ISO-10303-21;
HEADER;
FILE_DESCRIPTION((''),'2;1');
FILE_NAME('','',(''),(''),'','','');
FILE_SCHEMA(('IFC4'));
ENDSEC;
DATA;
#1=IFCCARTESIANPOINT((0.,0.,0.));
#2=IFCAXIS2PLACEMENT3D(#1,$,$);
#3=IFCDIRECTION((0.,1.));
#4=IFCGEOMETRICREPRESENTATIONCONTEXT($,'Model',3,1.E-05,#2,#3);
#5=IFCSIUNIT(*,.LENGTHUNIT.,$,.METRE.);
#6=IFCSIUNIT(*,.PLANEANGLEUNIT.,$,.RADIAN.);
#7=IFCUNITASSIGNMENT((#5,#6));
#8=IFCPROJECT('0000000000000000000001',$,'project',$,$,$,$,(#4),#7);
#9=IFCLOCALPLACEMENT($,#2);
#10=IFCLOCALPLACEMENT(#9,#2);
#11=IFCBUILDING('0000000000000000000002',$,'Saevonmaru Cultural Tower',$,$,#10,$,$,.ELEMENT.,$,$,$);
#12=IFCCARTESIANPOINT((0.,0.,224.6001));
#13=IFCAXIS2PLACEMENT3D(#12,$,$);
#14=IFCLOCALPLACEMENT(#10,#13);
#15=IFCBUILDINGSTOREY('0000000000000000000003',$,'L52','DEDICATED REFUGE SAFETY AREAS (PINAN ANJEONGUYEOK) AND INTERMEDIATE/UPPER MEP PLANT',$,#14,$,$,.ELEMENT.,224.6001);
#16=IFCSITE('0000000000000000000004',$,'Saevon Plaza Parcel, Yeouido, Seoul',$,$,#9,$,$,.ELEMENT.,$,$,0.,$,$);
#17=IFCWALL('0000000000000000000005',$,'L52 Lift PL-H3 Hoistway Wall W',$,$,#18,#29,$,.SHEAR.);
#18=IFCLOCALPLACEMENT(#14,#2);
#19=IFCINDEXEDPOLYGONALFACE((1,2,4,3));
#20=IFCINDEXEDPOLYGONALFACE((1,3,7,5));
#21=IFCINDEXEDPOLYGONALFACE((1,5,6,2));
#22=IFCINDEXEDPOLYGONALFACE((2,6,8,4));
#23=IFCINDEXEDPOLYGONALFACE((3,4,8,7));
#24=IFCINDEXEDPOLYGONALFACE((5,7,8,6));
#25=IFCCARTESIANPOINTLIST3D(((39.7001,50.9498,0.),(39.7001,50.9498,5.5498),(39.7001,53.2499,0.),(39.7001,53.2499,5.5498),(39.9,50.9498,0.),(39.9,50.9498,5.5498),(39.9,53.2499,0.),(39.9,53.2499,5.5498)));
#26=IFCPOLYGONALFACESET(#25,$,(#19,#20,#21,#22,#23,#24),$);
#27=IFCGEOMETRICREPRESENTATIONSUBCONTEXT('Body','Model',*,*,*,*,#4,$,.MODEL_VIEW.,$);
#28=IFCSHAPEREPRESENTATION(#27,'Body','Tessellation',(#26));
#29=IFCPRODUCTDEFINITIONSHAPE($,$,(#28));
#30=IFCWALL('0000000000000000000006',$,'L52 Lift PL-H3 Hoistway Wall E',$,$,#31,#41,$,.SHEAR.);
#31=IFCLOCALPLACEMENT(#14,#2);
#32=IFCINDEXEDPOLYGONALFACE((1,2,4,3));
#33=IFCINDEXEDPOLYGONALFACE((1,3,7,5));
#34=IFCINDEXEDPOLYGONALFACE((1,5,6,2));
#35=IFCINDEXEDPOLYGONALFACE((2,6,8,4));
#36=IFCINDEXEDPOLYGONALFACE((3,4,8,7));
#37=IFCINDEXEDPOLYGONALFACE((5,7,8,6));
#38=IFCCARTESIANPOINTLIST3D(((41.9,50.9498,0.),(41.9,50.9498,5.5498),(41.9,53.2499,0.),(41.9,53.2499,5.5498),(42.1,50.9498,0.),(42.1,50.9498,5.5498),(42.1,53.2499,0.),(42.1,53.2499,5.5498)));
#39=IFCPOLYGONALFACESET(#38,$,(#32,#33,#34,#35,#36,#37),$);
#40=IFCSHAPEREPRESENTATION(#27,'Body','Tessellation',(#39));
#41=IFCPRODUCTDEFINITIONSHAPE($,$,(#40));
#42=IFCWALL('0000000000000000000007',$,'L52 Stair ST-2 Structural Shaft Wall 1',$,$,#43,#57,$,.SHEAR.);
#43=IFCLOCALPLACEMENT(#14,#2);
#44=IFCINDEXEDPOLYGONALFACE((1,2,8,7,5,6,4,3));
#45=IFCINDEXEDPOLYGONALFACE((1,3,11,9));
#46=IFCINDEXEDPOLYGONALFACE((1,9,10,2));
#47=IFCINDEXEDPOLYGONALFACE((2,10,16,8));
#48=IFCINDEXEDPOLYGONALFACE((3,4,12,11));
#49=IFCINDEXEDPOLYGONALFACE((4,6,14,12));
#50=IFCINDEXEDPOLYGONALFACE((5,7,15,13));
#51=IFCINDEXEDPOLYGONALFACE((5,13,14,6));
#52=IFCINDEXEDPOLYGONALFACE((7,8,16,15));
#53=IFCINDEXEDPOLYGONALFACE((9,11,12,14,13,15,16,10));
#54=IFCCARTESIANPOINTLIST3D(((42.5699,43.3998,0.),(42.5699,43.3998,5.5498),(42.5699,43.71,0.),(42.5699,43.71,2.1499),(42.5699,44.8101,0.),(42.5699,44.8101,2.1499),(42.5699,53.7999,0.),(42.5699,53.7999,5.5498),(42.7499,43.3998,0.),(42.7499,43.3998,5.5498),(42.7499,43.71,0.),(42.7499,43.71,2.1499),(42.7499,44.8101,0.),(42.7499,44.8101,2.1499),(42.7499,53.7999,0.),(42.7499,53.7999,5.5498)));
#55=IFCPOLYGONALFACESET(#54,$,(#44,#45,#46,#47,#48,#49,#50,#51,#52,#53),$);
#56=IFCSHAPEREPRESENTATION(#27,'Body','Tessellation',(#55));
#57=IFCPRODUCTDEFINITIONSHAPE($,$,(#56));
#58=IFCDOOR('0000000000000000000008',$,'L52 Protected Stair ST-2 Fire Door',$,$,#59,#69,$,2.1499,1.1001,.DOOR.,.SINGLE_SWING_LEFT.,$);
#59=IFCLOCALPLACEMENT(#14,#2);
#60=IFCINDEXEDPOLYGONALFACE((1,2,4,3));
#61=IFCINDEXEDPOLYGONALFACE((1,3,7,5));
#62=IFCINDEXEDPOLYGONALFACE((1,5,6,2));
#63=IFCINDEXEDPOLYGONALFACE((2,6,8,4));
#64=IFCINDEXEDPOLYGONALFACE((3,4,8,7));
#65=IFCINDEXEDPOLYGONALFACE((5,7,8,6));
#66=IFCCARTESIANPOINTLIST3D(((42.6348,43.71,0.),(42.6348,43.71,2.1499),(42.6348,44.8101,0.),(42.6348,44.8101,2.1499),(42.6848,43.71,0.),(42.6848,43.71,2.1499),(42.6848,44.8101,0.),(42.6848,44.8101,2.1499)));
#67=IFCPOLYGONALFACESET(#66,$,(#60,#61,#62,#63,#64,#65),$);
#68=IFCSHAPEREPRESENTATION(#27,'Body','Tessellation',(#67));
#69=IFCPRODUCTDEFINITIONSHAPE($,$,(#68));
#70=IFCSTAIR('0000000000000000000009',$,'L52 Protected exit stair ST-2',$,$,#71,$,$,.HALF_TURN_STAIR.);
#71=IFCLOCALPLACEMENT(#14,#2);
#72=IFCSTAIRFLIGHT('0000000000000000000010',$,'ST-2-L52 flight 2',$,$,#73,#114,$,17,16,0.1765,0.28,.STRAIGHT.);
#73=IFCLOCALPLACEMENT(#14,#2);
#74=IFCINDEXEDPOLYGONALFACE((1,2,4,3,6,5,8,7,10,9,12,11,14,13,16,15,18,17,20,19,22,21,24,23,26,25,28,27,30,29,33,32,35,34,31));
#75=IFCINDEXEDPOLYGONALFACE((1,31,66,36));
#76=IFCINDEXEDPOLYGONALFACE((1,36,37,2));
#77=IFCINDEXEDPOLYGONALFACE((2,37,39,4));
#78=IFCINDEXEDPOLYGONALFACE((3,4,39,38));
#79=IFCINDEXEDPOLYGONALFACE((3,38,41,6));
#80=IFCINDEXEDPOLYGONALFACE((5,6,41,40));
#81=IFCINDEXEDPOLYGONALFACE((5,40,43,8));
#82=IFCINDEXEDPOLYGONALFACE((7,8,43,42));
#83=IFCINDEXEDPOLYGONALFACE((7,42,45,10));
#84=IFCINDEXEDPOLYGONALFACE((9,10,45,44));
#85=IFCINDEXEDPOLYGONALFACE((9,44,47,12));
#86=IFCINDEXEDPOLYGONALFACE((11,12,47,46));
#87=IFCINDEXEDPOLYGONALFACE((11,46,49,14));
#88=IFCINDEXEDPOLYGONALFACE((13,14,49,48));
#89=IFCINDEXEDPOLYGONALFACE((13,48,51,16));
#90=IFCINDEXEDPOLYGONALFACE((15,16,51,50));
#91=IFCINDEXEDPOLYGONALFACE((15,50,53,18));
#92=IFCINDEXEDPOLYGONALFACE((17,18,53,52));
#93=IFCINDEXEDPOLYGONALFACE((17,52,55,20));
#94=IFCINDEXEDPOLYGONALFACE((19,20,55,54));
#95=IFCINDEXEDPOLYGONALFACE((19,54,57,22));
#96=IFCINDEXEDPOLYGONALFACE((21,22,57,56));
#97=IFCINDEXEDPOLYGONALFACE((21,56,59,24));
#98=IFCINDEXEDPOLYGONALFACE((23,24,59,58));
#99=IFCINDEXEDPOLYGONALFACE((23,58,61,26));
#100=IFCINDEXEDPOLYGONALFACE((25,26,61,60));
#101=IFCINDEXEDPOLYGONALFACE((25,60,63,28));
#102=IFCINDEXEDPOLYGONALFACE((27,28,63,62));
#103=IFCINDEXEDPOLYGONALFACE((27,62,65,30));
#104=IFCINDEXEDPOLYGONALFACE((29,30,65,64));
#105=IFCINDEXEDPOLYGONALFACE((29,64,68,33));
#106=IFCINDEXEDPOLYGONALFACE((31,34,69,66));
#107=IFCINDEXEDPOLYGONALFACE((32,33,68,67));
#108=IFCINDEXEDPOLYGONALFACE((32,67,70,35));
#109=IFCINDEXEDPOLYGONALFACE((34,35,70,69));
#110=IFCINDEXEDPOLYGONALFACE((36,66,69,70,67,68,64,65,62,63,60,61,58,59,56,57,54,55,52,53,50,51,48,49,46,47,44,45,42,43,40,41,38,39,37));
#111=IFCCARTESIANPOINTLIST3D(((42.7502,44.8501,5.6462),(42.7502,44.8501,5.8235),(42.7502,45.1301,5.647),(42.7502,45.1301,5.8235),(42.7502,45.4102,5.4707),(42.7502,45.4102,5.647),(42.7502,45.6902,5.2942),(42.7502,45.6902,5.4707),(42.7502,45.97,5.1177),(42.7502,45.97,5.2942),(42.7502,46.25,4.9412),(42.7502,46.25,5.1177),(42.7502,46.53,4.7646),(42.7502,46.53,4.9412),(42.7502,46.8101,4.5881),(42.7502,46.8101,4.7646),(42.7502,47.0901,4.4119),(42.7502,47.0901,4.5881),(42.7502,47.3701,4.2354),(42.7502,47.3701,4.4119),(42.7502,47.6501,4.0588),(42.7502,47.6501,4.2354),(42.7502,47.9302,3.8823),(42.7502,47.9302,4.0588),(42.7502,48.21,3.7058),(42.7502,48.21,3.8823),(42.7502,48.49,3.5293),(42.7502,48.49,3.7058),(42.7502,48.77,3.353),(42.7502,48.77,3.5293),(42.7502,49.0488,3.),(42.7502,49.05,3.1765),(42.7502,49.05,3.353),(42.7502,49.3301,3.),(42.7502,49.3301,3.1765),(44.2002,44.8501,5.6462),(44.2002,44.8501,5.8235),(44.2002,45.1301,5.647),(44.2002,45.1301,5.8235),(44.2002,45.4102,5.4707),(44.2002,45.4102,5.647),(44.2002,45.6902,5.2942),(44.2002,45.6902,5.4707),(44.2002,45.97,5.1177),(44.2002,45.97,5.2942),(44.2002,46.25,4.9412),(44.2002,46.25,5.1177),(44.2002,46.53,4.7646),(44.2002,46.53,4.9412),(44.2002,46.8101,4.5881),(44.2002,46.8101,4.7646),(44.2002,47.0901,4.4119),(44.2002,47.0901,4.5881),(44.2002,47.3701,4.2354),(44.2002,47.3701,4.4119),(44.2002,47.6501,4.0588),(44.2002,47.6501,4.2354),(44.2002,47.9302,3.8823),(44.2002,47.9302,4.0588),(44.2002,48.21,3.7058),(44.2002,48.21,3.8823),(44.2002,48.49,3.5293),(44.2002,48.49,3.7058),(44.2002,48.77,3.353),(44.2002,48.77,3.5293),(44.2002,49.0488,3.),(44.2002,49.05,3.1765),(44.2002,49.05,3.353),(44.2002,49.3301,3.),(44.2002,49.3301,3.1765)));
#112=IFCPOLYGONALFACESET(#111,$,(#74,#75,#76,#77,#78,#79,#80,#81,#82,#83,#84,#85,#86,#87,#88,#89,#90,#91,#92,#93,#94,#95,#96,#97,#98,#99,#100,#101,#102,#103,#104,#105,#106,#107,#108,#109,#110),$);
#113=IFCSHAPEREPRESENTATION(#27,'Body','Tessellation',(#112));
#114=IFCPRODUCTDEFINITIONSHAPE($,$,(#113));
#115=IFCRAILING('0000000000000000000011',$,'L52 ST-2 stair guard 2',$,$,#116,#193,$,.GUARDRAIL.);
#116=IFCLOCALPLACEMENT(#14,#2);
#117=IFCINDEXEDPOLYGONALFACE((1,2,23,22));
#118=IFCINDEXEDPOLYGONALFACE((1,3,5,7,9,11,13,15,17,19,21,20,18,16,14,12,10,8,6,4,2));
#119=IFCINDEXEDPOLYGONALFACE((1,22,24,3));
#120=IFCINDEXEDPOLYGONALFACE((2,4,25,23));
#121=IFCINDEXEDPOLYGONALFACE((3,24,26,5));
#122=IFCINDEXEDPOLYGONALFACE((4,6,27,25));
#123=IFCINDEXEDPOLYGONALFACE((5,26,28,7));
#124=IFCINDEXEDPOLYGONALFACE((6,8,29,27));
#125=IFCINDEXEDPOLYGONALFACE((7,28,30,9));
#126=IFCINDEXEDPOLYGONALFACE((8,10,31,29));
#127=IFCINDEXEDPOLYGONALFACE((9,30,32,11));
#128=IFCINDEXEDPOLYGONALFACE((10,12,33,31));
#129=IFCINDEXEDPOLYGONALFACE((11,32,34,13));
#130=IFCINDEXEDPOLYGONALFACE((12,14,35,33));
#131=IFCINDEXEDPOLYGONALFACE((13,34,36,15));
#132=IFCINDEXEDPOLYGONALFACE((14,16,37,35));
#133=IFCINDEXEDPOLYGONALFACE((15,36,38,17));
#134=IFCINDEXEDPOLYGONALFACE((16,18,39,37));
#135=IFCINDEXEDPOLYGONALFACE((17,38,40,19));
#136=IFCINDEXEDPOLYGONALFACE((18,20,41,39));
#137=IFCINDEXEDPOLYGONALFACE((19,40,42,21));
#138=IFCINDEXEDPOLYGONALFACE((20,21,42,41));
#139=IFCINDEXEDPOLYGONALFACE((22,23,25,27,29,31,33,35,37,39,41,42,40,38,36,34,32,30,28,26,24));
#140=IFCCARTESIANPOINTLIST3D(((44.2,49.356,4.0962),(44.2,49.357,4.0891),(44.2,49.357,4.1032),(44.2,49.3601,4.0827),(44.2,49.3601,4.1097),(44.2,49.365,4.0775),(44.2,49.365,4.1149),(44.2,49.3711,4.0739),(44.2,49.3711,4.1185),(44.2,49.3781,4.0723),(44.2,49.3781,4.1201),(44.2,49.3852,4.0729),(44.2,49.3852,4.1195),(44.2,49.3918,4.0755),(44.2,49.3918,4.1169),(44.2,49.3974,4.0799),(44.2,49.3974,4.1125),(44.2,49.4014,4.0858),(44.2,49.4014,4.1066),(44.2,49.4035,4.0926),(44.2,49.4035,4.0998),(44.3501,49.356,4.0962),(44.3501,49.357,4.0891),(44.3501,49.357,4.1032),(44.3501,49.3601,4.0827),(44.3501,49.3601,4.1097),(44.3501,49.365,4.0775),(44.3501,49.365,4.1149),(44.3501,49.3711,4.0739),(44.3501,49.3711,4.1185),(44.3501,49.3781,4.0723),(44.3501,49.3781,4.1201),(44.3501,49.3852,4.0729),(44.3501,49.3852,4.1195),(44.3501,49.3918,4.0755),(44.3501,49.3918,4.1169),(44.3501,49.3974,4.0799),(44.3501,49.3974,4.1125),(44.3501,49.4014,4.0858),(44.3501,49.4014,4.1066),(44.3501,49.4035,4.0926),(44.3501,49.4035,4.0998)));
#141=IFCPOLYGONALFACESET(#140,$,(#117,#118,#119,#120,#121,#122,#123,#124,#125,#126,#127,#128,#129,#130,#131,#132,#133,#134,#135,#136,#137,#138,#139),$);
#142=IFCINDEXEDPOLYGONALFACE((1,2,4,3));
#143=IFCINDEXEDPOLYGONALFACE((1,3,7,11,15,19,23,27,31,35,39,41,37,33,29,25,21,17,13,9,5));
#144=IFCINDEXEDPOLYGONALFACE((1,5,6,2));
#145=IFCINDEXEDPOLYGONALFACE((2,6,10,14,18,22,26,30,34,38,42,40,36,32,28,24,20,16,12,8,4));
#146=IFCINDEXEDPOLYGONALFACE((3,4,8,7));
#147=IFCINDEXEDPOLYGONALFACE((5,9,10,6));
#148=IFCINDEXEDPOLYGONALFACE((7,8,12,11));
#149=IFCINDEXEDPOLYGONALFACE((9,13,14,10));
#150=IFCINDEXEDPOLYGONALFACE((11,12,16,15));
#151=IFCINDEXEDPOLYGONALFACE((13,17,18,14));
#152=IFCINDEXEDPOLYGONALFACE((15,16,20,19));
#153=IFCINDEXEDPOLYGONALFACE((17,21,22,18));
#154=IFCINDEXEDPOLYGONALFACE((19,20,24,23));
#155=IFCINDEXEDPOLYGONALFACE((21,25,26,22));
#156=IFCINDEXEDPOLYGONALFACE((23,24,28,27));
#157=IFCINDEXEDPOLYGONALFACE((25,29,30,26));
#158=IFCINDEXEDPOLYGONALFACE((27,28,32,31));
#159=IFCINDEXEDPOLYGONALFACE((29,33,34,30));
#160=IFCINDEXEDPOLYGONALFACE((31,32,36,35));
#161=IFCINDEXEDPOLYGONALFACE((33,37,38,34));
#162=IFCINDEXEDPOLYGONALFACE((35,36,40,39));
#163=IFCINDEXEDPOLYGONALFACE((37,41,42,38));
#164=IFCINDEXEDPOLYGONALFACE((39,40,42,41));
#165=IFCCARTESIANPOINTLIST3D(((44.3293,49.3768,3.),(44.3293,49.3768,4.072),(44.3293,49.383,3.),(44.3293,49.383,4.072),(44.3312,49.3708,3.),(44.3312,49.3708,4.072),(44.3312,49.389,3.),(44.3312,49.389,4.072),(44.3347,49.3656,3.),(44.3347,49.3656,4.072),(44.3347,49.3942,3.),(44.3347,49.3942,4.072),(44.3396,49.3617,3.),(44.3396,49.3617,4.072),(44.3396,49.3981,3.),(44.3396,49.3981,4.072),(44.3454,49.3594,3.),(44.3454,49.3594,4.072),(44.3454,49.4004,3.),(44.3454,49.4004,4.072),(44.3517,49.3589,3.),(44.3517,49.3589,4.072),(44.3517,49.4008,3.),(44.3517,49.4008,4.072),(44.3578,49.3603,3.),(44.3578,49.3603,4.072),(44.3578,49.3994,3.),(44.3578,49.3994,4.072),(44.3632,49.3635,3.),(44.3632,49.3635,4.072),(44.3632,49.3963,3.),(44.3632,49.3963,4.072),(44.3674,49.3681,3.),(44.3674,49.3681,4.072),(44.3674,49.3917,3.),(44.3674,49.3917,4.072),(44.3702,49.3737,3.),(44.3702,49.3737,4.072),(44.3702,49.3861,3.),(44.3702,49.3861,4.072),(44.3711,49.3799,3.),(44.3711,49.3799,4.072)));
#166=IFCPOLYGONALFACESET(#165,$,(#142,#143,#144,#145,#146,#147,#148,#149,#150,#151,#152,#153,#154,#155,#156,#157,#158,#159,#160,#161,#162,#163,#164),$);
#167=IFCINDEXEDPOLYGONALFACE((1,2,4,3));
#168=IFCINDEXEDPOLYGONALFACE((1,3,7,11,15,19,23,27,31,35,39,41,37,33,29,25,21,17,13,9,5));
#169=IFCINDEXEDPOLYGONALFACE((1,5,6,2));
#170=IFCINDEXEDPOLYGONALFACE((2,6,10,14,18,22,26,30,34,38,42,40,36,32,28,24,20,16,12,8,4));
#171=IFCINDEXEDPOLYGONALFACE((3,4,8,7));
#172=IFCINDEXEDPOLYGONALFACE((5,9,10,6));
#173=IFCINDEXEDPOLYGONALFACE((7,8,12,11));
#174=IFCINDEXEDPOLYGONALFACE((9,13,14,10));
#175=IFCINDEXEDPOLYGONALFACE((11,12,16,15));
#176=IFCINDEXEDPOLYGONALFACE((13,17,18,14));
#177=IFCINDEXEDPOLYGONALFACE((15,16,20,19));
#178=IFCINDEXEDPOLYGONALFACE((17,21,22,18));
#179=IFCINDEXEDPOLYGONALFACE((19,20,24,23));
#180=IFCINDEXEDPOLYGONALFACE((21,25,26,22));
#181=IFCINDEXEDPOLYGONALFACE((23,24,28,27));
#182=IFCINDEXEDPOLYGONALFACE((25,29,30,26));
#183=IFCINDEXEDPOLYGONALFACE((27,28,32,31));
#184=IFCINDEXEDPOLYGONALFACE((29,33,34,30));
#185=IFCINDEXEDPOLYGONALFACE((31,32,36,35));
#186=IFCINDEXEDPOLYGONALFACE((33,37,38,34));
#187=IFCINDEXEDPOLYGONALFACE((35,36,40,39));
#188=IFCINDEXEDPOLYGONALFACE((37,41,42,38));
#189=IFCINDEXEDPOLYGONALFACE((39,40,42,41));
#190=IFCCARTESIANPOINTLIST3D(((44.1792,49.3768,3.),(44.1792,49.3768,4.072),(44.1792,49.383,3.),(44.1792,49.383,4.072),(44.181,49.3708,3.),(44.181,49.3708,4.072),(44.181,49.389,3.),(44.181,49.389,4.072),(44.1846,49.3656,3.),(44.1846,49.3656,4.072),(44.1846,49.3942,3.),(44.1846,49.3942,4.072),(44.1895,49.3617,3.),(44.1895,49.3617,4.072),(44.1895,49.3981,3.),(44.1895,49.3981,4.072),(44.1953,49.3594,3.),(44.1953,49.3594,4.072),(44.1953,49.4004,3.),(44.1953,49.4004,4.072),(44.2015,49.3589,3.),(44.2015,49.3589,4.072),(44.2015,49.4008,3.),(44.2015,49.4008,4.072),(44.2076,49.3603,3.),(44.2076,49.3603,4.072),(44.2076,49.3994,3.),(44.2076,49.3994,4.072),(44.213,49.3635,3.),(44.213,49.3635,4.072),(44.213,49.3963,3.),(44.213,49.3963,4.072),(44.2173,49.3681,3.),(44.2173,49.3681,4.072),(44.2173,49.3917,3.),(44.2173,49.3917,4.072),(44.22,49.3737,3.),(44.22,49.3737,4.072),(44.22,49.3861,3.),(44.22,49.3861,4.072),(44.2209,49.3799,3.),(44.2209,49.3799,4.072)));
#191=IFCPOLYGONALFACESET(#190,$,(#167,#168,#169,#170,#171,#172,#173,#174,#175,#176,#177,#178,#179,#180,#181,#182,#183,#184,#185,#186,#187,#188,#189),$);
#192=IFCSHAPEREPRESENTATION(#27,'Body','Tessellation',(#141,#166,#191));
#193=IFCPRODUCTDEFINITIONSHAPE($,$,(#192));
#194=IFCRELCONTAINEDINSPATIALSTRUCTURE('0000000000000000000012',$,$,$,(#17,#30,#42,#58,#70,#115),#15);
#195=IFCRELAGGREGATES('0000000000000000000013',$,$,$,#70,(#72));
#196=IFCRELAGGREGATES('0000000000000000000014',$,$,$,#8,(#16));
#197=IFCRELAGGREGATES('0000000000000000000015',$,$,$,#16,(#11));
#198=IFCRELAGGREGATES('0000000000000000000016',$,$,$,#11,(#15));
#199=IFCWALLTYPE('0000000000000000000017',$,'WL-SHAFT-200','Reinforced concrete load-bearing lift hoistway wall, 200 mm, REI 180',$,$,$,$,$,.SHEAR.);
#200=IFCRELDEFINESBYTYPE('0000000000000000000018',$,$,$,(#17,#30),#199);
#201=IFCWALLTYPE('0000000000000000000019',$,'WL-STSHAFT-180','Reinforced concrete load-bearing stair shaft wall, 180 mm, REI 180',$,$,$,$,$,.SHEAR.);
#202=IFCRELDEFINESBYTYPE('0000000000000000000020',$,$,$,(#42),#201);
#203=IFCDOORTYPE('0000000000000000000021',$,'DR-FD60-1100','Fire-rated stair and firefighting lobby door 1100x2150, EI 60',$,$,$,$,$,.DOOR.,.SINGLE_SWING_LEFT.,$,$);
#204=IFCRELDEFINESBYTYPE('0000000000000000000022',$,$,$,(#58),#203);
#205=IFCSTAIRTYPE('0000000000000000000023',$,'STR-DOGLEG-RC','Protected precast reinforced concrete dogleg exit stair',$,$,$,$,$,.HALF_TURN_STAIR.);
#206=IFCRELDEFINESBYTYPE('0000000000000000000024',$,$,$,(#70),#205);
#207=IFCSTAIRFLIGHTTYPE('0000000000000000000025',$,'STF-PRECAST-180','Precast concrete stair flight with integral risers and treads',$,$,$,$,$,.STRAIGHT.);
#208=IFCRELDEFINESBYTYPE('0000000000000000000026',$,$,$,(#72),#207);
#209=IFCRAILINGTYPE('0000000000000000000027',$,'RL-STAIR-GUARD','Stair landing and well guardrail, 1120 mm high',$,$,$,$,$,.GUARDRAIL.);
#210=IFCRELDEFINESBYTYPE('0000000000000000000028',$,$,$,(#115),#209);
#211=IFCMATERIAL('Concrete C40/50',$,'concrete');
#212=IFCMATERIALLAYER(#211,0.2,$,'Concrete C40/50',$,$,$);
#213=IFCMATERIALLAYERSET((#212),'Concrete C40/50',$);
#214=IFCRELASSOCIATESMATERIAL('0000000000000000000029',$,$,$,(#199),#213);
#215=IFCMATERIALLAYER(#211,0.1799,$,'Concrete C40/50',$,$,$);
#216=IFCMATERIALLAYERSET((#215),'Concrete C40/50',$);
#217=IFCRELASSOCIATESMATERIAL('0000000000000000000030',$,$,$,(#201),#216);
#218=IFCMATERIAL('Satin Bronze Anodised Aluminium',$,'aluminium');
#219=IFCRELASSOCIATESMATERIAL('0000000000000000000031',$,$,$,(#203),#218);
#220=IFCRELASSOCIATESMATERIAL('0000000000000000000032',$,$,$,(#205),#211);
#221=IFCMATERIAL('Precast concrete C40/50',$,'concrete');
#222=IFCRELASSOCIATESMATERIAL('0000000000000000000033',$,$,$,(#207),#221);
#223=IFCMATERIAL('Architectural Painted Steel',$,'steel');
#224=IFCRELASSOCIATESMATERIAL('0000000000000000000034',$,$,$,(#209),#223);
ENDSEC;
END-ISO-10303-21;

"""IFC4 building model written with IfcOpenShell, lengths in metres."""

from ifc_helpers import new_model, si_unit, direction, frame, frame_2d, origin, origin_2d, place, context, subcontext, project, spatial, polyline, rectangle, circle, outline, extrude, material, layer, layer_set, type_object, element, fill, aggregate, save


model = new_model("IFC4")

# Units and contexts
model_context = context("Model", 3, precision=1e-05, world=origin(), true_north=direction((0.0, 1.0)))
body_context = subcontext(model_context, "Body", "Model", "MODEL_VIEW")
ifc_project = project(units=[si_unit("LENGTHUNIT", "METRE"), si_unit("PLANEANGLEUNIT", "RADIAN")], contexts=[model_context])

# Site, building, storey
site_placement = place(None, origin())
site = spatial("IfcSite", under=ifc_project, at=site_placement, Name="Saevon Plaza Parcel, Yeouido, Seoul", CompositionType="ELEMENT", RefElevation=0.0)
building_placement = place(site_placement, origin())
building = spatial("IfcBuilding", under=site, at=building_placement, Name="Saevonmaru Cultural Tower", CompositionType="ELEMENT")
storey_placement = place(building_placement, frame((0.0, 0.0, 224.6001)))
storey = spatial("IfcBuildingStorey", under=building, at=storey_placement, Name="L52", Description="DEDICATED REFUGE SAFETY AREAS (PINAN ANJEONGUYEOK) AND INTERMEDIATE/UPPER MEP PLANT", CompositionType="ELEMENT", Elevation=224.6001)

# Shared definitions
ifc_material_1 = material(Name="Satin Bronze Anodised Aluminium", Category="aluminium")

# Walls
ifc_material_2 = material(Name="Concrete C40/50", Category="concrete")
ifc_layer_1 = layer(ifc_material_2, 0.2, Name="Concrete C40/50")
ifc_layer_set_1 = layer_set([ifc_layer_1], Name="Concrete C40/50")
wall_type_1 = type_object("IfcWallType", Name="WL-SHAFT-200", Description="Reinforced concrete load-bearing lift hoistway wall, 200 mm, REI 180", PredefinedType="SHEAR", material=ifc_layer_set_1)
for number, where, z_axis, x_axis, name in (
    (1, (39.8, 50.95, 0.0), (0.0, 0.0, 1.0), (0.0, 1.0, 0.0), "L52 Lift PL-H3 Hoistway Wall W"),
    (2, (42.0, 50.95, 0.0), (0.0, 0.0, 1.0), (0.0, 1.0, 0.0), "L52 Lift PL-H3 Hoistway Wall E"),
):
    element("IfcWall", number, at=place(storey_placement, frame(where, z_axis=z_axis, x_axis=x_axis)), inside=storey, type_object=wall_type_1, Name=name, PredefinedType="SHEAR", context=body_context, shape_type="SweptSolid", body=[
        extrude(rectangle(XDim=2.3, YDim=0.2, at=frame_2d((1.1499, 0.0))), origin(), (0.0, 0.0, 1.0), 5.5498),
    ])

# Wall, opening, door
ifc_layer_2 = layer(ifc_material_2, 0.1799, Name="Concrete C40/50")
ifc_layer_set_2 = layer_set([ifc_layer_2], Name="Concrete C40/50")
wall_type_2 = type_object("IfcWallType", Name="WL-STSHAFT-180", Description="Reinforced concrete load-bearing stair shaft wall, 180 mm, REI 180", PredefinedType="SHEAR", material=ifc_layer_set_2)
wall_1_placement = place(storey_placement, frame((42.6599, 53.8, 0.0), z_axis=(0.0, 0.0, 1.0), x_axis=(0.0, -1.0, 0.0)))
wall_1 = element("IfcWall", 3, at=wall_1_placement, inside=storey, type_object=wall_type_2, Name="L52 Stair ST-2 Structural Shaft Wall 1", PredefinedType="SHEAR", context=body_context, shape_type="SweptSolid", body=[
    extrude(rectangle(XDim=10.4001, YDim=0.1799, at=frame_2d((5.2002, 0.0))), origin(), (0.0, 0.0, 1.0), 5.5498),
])
opening_placement = place(wall_1_placement, frame((8.99, 0.0, 0.0)))
opening = element("IfcOpeningElement", 4, at=opening_placement, cuts=wall_1, PredefinedType="OPENING", context=body_context, shape_type="SweptSolid", body=[
    extrude(rectangle(XDim=1.1001, YDim=2.1499, at=frame_2d((0.55, 1.075))), frame((0.0, 0.1001, 0.0), z_axis=(0.0, -1.0, 0.0), x_axis=(1.0, 0.0, 0.0)), (0.0, 0.0, 1.0), 0.2),
])
door_type = type_object("IfcDoorType", Name="DR-FD60-1100", Description="Fire-rated stair and firefighting lobby door 1100x2150, EI 60", OperationType="SINGLE_SWING_LEFT", PredefinedType="DOOR", material=ifc_material_1)
door_placement = place(opening_placement, origin())
door = element("IfcDoor", 5, at=door_placement, inside=storey, type_object=door_type, Name="L52 Protected Stair ST-2 Fire Door", OperationType="SINGLE_SWING_LEFT", OverallHeight=2.1499, OverallWidth=1.1001, PredefinedType="DOOR", context=body_context, shape_type="SweptSolid", body=[
    extrude(rectangle(XDim=1.1001, YDim=2.1499, at=frame_2d((0.55, 1.075))), frame((0.0, 0.0249, 0.0), z_axis=(0.0, -1.0, 0.0), x_axis=(1.0, 0.0, 0.0)), (0.0, 0.0, 1.0), 0.05),
])
fill(opening, door)

# Stair, stair flight
stair_type = type_object("IfcStairType", Name="STR-DOGLEG-RC", Description="Protected precast reinforced concrete dogleg exit stair", PredefinedType="HALF_TURN_STAIR", material=ifc_material_2)
stair_placement = place(storey_placement, origin())
stair = element("IfcStair", 6, at=stair_placement, inside=storey, type_object=stair_type, Name="L52 Protected exit stair ST-2", PredefinedType="HALF_TURN_STAIR")
ifc_material_3 = material(Name="Precast concrete C40/50", Category="concrete")
stair_flight_type = type_object("IfcStairFlightType", Name="STF-PRECAST-180", Description="Precast concrete stair flight with integral risers and treads", PredefinedType="STRAIGHT", material=ifc_material_3)
stair_flight_placement = place(storey_placement, frame((43.4751, 49.3301, 3.0), z_axis=(0.0, 0.0, 1.0), x_axis=(0.0, -1.0, 0.0)))
stair_flight = element("IfcStairFlight", 7, at=stair_flight_placement, type_object=stair_flight_type, Name="ST-2-L52 flight 2", NumberOfRisers=17, NumberOfTreads=16, PredefinedType="STRAIGHT", RiserHeight=0.1765, TreadLength=0.28, context=body_context, shape_type="SweptSolid", body=[
    extrude(outline(polyline([(0.0, 0.0), (0.0, 0.1765), (0.28, 0.1765), (0.28, 0.353), (0.5601, 0.353), (0.5601, 0.5293), (0.8401, 0.5293), (0.8401, 0.7058), (1.1201, 0.7058), (1.1201, 0.8823), (1.3999, 0.8823), (1.3999, 1.0588), (1.6799, 1.0588), (1.6799, 1.2354), (1.96, 1.2354), (1.96, 1.4119), (2.24, 1.4119), (2.24, 1.5881), (2.52, 1.5881), (2.52, 1.7646), (2.8, 1.7646), (2.8, 1.9412), (3.0801, 1.9412), (3.0801, 2.1177), (3.3601, 2.1177), (3.3601, 2.2942), (3.6399, 2.2942), (3.6399, 2.4707), (3.9199, 2.4707), (3.9199, 2.647), (4.2, 2.647), (4.2, 2.8235), (4.48, 2.8235), (4.48, 3.0), (4.48, 2.6462), (0.2812, 0.0), (0.0, 0.0)])), frame((0.0, 0.7251, 0.0), z_axis=(0.0, -1.0, 0.0), x_axis=(1.0, 0.0, 0.0)), (0.0, 0.0, 1.0), 1.45),
])
aggregate(stair, [stair_flight])

# Railing
ifc_material_4 = material(Name="Architectural Painted Steel", Category="steel")
railing_type_1 = type_object("IfcRailingType", Name="RL-STAIR-GUARD", Description="Stair landing and well guardrail, 1120 mm high", PredefinedType="GUARDRAIL", material=ifc_material_4)
railing_1_placement = place(storey_placement, frame((44.3501, 49.3799, 3.0)))
element("IfcRailing", 8, at=railing_1_placement, inside=storey, type_object=railing_type_1, Name="L52 ST-2 stair guard 2", PredefinedType="GUARDRAIL", context=body_context, shape_type="SweptSolid", body=[
    extrude(circle(Radius=0.0239, at=origin_2d()), frame((0.0, 0.0, 1.0962), z_axis=(-1.0, 0.0, 0.0), x_axis=(0.0, -1.0, 0.0)), (0.0, 0.0, 1.0), 0.1501),
    extrude(circle(Radius=0.021, at=origin_2d()), origin(), (0.0, 0.0, 1.0), 1.072),
    extrude(circle(Radius=0.021, at=origin_2d()), frame((-0.1501, 0.0, 0.0)), (0.0, 0.0, 1.0), 1.072),
])

save(model, "model.ifc")
